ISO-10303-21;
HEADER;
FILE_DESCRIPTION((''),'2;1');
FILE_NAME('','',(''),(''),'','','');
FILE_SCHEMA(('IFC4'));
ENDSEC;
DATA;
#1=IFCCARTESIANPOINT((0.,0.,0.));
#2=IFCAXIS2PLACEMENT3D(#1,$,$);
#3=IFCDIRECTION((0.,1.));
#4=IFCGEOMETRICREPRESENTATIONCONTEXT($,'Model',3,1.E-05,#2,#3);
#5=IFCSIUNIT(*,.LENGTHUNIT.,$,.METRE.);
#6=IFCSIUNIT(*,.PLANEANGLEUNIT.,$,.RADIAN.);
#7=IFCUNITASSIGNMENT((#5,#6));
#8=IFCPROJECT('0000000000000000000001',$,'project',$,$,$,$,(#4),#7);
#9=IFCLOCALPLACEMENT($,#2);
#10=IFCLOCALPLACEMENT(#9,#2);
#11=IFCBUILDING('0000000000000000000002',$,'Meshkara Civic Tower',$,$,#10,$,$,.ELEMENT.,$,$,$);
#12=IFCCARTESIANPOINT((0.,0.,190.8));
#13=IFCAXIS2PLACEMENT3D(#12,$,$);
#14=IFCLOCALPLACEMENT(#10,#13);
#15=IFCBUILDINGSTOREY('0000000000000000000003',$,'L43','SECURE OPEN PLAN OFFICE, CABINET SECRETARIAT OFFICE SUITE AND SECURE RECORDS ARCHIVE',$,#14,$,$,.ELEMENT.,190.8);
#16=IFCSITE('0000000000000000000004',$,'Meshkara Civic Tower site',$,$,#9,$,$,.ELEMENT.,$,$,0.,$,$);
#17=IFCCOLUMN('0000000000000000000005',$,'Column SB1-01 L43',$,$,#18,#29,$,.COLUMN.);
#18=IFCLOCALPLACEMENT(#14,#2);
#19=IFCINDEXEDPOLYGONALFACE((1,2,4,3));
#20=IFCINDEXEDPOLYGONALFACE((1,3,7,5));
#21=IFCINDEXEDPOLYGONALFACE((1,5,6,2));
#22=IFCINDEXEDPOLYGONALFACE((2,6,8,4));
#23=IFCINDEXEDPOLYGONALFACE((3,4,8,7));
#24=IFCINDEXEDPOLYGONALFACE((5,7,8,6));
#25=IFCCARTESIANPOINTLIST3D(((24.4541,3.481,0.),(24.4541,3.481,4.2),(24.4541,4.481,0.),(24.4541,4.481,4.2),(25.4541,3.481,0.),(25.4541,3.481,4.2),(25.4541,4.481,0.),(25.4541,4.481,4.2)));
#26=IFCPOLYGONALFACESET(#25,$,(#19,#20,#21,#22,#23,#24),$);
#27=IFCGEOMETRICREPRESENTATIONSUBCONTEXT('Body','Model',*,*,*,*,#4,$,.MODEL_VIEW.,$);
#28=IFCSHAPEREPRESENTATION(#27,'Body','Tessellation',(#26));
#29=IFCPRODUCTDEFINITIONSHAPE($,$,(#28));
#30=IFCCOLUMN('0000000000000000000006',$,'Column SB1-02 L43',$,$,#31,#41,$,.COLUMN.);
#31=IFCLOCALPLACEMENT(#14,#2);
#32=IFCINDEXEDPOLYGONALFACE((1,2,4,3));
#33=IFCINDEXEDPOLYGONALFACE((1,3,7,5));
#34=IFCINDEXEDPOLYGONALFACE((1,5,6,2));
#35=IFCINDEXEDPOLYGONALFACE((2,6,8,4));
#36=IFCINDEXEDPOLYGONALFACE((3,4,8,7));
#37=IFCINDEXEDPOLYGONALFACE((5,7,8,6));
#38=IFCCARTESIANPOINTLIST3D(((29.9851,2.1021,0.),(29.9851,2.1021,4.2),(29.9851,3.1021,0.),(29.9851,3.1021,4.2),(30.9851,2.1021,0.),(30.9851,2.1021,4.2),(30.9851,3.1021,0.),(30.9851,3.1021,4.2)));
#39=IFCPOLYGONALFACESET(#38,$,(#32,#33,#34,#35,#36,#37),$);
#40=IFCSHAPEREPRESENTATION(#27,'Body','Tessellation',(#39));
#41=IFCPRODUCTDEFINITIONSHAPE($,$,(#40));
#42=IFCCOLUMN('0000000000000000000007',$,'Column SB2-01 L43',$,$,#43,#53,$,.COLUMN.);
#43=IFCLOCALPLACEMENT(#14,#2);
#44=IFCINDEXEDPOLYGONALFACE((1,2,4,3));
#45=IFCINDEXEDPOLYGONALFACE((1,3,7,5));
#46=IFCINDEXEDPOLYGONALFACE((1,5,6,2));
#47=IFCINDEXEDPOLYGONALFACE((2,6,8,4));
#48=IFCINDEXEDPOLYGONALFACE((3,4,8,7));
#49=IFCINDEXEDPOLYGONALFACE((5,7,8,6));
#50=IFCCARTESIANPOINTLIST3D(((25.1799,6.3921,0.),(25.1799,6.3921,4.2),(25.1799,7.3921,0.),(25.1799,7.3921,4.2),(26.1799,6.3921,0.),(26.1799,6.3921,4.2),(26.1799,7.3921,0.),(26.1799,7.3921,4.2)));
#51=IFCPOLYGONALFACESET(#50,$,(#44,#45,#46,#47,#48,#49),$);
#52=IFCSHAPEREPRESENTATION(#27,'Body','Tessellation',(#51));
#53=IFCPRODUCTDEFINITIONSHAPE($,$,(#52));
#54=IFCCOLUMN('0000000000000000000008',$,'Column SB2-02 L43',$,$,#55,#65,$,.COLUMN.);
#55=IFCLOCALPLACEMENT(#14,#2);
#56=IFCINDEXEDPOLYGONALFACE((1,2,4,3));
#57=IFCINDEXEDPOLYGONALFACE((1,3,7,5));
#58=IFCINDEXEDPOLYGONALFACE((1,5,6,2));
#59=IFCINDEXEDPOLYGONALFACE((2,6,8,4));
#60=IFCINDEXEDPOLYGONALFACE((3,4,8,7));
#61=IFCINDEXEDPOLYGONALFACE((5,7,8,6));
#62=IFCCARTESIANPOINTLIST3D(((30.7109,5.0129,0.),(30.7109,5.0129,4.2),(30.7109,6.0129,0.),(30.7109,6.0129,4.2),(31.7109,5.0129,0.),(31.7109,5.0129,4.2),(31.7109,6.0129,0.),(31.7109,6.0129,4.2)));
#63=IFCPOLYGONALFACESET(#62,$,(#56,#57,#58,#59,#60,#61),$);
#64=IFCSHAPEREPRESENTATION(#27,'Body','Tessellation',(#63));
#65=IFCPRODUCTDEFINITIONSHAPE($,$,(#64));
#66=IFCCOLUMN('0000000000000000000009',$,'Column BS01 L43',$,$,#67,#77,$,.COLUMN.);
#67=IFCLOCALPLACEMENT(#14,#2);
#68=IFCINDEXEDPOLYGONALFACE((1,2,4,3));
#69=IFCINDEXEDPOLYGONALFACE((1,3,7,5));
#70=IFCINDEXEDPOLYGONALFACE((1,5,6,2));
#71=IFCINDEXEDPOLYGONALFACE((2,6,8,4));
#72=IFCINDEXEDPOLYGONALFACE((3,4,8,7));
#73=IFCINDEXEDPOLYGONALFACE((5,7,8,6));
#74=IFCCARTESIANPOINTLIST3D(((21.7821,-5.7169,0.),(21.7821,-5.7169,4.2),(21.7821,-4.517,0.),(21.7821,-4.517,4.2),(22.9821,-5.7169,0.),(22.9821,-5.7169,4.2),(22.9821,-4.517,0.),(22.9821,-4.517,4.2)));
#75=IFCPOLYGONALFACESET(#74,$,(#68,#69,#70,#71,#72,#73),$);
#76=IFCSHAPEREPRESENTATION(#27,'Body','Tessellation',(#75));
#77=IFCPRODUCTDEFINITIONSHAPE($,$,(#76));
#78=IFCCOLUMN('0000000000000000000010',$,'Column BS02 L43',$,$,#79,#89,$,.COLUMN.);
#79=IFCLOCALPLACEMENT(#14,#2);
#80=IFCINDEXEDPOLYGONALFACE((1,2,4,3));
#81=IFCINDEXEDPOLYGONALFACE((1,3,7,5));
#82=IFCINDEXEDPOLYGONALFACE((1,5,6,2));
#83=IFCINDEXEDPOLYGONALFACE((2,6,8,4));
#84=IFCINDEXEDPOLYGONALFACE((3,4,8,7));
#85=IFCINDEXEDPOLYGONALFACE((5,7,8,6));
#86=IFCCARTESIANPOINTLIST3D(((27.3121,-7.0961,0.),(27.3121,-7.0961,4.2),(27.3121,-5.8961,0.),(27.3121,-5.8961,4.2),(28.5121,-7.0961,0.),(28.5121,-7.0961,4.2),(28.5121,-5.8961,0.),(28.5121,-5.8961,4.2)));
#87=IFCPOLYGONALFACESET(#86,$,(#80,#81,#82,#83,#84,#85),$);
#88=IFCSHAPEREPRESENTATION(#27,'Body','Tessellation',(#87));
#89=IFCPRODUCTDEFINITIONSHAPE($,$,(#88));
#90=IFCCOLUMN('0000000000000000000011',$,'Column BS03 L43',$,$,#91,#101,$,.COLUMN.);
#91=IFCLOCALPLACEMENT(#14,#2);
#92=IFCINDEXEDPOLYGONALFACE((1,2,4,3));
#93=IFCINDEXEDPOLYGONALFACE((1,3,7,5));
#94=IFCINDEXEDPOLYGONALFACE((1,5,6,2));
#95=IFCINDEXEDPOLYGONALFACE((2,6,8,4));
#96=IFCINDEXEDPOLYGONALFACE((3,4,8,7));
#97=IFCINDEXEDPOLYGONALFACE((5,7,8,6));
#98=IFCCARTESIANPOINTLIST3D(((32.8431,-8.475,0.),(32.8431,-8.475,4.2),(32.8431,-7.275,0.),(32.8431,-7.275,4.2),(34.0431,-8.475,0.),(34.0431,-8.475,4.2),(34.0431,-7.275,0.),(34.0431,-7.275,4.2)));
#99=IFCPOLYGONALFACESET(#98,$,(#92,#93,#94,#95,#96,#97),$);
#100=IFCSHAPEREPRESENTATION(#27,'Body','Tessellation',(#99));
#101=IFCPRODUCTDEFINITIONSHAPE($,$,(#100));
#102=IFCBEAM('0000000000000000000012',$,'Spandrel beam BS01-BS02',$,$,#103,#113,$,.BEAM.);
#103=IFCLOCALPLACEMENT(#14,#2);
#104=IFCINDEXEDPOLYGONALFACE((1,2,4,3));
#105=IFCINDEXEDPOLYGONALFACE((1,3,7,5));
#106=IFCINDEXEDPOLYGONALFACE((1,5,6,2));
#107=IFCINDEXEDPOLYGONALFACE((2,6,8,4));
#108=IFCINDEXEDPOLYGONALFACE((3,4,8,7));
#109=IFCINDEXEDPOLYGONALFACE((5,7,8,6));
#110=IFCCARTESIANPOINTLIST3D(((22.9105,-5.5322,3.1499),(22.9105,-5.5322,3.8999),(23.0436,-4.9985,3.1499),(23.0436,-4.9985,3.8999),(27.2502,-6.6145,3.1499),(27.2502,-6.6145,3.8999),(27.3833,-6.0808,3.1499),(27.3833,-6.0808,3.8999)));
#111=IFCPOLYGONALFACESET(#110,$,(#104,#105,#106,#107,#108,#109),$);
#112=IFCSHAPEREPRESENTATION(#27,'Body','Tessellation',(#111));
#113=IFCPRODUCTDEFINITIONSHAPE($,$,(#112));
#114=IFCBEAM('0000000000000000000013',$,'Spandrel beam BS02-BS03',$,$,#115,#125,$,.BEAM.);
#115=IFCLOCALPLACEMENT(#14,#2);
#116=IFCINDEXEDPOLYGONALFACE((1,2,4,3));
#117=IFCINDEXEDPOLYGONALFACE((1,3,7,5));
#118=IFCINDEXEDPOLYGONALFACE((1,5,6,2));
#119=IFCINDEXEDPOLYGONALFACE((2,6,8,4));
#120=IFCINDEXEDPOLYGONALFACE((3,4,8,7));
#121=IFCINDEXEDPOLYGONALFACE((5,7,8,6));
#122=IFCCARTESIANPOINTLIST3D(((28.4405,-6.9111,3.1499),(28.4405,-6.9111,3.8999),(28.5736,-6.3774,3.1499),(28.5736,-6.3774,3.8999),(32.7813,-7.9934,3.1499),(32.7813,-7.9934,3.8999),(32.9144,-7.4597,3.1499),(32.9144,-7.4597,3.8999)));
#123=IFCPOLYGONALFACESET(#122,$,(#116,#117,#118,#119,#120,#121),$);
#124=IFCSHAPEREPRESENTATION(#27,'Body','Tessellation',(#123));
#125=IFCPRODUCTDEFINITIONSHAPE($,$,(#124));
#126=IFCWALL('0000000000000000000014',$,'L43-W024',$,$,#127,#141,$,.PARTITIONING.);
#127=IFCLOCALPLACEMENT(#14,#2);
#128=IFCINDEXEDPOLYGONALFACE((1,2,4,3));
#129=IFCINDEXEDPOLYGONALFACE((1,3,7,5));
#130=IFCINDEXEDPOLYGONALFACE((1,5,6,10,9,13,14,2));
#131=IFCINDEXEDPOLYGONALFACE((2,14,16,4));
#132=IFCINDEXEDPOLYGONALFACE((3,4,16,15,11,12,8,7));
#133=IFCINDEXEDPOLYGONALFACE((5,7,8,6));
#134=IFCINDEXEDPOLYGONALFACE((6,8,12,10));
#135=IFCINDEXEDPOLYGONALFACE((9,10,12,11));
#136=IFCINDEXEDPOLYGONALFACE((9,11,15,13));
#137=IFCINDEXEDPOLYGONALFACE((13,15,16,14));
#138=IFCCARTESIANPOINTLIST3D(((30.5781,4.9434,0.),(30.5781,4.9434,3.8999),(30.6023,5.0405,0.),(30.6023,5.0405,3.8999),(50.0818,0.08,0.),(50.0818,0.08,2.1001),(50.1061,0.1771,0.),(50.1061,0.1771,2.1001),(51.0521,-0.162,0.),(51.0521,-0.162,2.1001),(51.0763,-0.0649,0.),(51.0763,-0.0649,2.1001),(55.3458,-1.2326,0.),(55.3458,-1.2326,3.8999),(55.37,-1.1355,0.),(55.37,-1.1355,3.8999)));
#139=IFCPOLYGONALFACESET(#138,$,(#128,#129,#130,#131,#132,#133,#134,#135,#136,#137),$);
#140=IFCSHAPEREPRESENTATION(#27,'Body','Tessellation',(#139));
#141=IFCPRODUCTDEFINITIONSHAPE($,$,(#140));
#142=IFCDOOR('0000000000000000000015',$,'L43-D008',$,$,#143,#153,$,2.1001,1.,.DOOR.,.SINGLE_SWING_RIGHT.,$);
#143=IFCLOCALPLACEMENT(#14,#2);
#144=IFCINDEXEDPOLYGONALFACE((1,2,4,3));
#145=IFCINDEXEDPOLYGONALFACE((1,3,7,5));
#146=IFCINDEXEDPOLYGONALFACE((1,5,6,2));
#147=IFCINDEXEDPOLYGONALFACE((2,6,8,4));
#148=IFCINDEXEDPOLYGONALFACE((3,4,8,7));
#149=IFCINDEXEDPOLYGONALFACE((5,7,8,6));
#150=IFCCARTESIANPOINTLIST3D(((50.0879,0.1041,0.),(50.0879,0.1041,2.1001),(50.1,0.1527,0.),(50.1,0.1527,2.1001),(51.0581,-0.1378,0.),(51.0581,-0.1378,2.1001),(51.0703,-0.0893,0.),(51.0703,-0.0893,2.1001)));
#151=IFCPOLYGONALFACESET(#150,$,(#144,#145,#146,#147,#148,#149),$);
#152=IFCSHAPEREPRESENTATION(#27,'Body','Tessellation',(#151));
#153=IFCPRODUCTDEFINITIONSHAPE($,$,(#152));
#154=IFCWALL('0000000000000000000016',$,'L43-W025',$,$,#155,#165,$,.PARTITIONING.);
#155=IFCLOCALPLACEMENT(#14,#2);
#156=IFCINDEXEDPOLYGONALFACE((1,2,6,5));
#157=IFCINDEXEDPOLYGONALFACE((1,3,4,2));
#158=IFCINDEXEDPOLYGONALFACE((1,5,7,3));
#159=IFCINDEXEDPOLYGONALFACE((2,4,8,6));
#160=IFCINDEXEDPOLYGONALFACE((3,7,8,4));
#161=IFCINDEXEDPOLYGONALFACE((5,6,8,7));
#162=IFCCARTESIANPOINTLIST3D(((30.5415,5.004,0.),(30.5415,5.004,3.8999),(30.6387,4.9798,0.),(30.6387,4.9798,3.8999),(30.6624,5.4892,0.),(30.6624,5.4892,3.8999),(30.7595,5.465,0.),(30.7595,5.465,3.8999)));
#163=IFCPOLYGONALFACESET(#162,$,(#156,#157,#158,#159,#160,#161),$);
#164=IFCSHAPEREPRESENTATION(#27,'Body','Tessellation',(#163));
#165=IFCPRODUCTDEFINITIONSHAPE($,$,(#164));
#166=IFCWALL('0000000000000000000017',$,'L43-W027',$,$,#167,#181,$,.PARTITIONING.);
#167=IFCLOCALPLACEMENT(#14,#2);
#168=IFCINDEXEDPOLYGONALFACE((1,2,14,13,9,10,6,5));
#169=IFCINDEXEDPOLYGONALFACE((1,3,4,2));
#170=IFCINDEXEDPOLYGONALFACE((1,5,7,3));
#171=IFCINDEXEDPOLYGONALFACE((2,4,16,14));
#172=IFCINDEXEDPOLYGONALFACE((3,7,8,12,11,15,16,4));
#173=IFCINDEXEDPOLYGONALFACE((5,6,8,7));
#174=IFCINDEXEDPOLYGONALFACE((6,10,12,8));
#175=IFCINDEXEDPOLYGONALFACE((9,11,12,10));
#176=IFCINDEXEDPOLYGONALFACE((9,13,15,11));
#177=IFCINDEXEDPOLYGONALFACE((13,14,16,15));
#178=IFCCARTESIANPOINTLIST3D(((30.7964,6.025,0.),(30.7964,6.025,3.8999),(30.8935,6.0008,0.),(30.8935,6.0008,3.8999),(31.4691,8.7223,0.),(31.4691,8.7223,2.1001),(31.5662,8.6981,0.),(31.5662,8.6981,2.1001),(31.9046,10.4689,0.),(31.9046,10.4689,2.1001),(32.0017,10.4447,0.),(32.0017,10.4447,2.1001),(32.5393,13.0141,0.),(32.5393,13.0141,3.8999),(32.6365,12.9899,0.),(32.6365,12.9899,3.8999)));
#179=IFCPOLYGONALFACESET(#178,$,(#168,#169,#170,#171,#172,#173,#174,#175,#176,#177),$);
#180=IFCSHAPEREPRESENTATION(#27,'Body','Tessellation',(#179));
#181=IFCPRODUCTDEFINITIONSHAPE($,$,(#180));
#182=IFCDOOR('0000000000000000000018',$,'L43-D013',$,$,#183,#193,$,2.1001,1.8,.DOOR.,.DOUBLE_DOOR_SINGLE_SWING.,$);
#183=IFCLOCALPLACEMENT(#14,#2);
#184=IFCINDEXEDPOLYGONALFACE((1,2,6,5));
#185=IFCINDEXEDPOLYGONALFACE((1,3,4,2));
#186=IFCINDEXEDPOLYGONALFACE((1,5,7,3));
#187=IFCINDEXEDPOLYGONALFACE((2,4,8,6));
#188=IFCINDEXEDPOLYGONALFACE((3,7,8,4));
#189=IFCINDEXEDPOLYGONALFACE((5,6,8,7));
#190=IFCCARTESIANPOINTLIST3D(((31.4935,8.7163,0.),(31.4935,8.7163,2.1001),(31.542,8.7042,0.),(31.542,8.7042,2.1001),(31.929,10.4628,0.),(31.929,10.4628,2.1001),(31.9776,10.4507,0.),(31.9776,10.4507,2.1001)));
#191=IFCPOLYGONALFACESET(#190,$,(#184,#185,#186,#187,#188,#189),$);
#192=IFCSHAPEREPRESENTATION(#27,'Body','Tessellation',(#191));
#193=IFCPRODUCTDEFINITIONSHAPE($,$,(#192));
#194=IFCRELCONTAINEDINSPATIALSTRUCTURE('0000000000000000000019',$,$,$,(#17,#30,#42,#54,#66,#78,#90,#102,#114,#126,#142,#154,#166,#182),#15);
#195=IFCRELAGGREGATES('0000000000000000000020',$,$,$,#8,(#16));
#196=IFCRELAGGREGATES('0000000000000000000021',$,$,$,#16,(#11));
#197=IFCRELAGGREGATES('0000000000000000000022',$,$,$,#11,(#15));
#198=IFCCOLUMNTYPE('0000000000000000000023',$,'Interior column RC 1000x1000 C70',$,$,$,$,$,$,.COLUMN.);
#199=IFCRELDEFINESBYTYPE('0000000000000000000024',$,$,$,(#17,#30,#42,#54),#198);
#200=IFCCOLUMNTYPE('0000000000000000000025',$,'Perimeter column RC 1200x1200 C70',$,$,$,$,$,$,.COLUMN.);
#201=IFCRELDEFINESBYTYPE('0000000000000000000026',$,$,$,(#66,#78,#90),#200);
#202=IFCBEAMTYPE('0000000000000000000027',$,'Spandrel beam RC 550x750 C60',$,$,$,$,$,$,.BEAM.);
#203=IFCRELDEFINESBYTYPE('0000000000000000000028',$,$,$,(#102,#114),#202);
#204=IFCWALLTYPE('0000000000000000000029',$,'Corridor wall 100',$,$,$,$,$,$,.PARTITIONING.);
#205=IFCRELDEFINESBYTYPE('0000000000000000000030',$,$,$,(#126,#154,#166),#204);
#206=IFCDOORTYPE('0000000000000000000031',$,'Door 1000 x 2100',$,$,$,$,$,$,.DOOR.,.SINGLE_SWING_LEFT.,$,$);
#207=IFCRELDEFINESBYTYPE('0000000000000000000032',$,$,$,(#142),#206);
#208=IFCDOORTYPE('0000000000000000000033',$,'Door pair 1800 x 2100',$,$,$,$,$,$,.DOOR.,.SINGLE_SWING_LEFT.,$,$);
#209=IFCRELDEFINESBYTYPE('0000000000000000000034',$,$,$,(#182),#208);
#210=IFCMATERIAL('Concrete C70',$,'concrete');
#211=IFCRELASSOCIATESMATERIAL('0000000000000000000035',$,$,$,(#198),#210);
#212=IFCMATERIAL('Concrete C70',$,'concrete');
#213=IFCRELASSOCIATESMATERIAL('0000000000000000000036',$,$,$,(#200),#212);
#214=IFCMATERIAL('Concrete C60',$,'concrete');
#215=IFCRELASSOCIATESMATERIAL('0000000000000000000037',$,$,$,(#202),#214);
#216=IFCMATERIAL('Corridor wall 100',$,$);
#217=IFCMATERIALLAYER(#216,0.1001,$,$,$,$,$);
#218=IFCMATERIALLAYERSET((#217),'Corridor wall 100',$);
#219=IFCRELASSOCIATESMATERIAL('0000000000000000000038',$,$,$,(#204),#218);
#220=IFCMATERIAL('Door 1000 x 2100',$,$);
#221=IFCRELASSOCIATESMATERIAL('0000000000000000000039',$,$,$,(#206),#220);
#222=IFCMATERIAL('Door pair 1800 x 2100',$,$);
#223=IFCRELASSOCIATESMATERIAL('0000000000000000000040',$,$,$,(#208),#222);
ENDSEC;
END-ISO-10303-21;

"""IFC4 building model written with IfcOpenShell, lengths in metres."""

from ifc_helpers import new_model, si_unit, direction, frame, frame_2d, origin, origin_2d, place, context, subcontext, project, spatial, rectangle, extrude, material, layer, layer_set, material_profile, profile_set, type_object, element, fill, save


model = new_model("IFC4")

# Units and contexts
model_context = context("Model", 3, precision=1e-05, world=origin(), true_north=direction((0.0, 1.0)))
body_context = subcontext(model_context, "Body", "Model", "MODEL_VIEW")
ifc_project = project(units=[si_unit("LENGTHUNIT", "METRE"), si_unit("PLANEANGLEUNIT", "RADIAN")], contexts=[model_context])

# Site, building, storey
site_placement = place(None, origin())
site = spatial("IfcSite", under=ifc_project, at=site_placement, Name="Meshkara Civic Tower site", CompositionType="ELEMENT", RefElevation=0.0)
building_placement = place(site_placement, origin())
building = spatial("IfcBuilding", under=site, at=building_placement, Name="Meshkara Civic Tower", CompositionType="ELEMENT")
storey_placement = place(building_placement, frame((0.0, 0.0, 190.8)))
storey = spatial("IfcBuildingStorey", under=building, at=storey_placement, Name="L43", Description="SECURE OPEN PLAN OFFICE, CABINET SECRETARIAT OFFICE SUITE AND SECURE RECORDS ARCHIVE", CompositionType="ELEMENT", Elevation=190.8)

# Columns
ifc_material_1 = material(Name="Concrete C70", Category="concrete")
ifc_material_profile_1 = material_profile(ifc_material_1, rectangle(XDim=1.0, YDim=1.0, at=origin_2d()))
ifc_profile_set_1 = profile_set([ifc_material_profile_1], Name="Concrete C70")
column_type_1 = type_object("IfcColumnType", Name="Interior column RC 1000x1000 C70", PredefinedType="COLUMN", material=ifc_profile_set_1)
for number, where, z_axis, x_axis, name in (
    (1, (24.9541, 3.981, 0.0), (0.0, 0.0, 1.0), (1.0, 0.0, 0.0), "Column SB1-01 L43"),
    (2, (30.4851, 2.6021, 0.0), (0.0, 0.0, 1.0), (1.0, 0.0, 0.0), "Column SB1-02 L43"),
    (3, (25.6799, 6.8921, 0.0), (0.0, 0.0, 1.0), (1.0, 0.0, 0.0), "Column SB2-01 L43"),
    (4, (31.2109, 5.5129, 0.0), (0.0, 0.0, 1.0), (1.0, 0.0, 0.0), "Column SB2-02 L43"),
):
    element("IfcColumn", number, at=place(storey_placement, frame(where, z_axis=z_axis, x_axis=x_axis)), inside=storey, type_object=column_type_1, Name=name, PredefinedType="COLUMN", context=body_context, shape_type="SweptSolid", body=[
        extrude(rectangle(XDim=1.0, YDim=1.0, at=origin_2d()), origin(), (0.0, 0.0, 1.0), 4.2),
    ])
ifc_material_2 = material(Name="Concrete C70", Category="concrete")
ifc_material_profile_2 = material_profile(ifc_material_2, rectangle(XDim=1.2, YDim=1.2, at=origin_2d()))
ifc_profile_set_2 = profile_set([ifc_material_profile_2], Name="Concrete C70")
column_type_2 = type_object("IfcColumnType", Name="Perimeter column RC 1200x1200 C70", PredefinedType="COLUMN", material=ifc_profile_set_2)
for number, where, z_axis, x_axis, name in (
    (5, (22.3821, -5.1169, 0.0), (0.0, 0.0, 1.0), (1.0, 0.0, 0.0), "Column BS01 L43"),
    (6, (27.9121, -6.4961, 0.0), (0.0, 0.0, 1.0), (1.0, 0.0, 0.0), "Column BS02 L43"),
    (7, (33.4431, -7.875, 0.0), (0.0, 0.0, 1.0), (1.0, 0.0, 0.0), "Column BS03 L43"),
):
    element("IfcColumn", number, at=place(storey_placement, frame(where, z_axis=z_axis, x_axis=x_axis)), inside=storey, type_object=column_type_2, Name=name, PredefinedType="COLUMN", context=body_context, shape_type="SweptSolid", body=[
        extrude(rectangle(XDim=1.2, YDim=1.2, at=origin_2d()), origin(), (0.0, 0.0, 1.0), 4.2),
    ])

# Beams
ifc_material_3 = material(Name="Concrete C60", Category="concrete")
ifc_material_profile_3 = material_profile(ifc_material_3, rectangle(XDim=0.55, YDim=0.75, at=origin_2d()))
ifc_profile_set_3 = profile_set([ifc_material_profile_3], Name="Concrete C60")
beam_type = type_object("IfcBeamType", Name="Spandrel beam RC 550x750 C60", PredefinedType="BEAM", material=ifc_profile_set_3)
beam_1_placement = place(storey_placement, frame((22.9771, -5.2654, 3.5249), z_axis=(0.970284, -0.24197, 0.0), x_axis=(0.24197, 0.970284, 0.0)))
element("IfcBeam", 8, at=beam_1_placement, inside=storey, type_object=beam_type, Name="Spandrel beam BS01-BS02", PredefinedType="BEAM", context=body_context, shape_type="SweptSolid", body=[
    extrude(rectangle(XDim=0.55, YDim=0.75, at=origin_2d()), origin(), (0.0, 0.0, 1.0), 4.4727),
])
beam_2_placement = place(storey_placement, frame((28.5071, -6.6443, 3.5249), z_axis=(0.970296, -0.241919, 0.0), x_axis=(0.241919, 0.970296, 0.0)))
element("IfcBeam", 9, at=beam_2_placement, inside=storey, type_object=beam_type, Name="Spandrel beam BS02-BS03", PredefinedType="BEAM", context=body_context, shape_type="SweptSolid", body=[
    extrude(rectangle(XDim=0.55, YDim=0.75, at=origin_2d()), origin(), (0.0, 0.0, 1.0), 4.4736),
])

# Wall, opening, door
ifc_material_4 = material(Name="Corridor wall 100")
ifc_layer_1 = layer(ifc_material_4, 0.1001)
ifc_layer_set_1 = layer_set([ifc_layer_1], Name="Corridor wall 100")
wall_type_1 = type_object("IfcWallType", Name="Corridor wall 100", PredefinedType="PARTITIONING", material=ifc_layer_set_1)
wall_1_placement = place(storey_placement, frame((30.5901, 4.9919, 0.0), z_axis=(0.0, 0.0, 1.0), x_axis=(0.970289, -0.241948, 0.0)))
wall_1 = element("IfcWall", 10, at=wall_1_placement, inside=storey, type_object=wall_type_1, Name="L43-W024", PredefinedType="PARTITIONING", context=body_context, shape_type="SweptSolid", body=[
    extrude(rectangle(XDim=25.5261, YDim=0.1001, at=frame_2d((12.7632, 0.0))), origin(), (0.0, 0.0, 1.0), 3.8999),
])
opening_1_placement = place(wall_1_placement, frame((20.1011, 0.0, 0.0)))
opening_1 = element("IfcOpeningElement", 11, at=opening_1_placement, cuts=wall_1, PredefinedType="OPENING", context=body_context, shape_type="SweptSolid", body=[
    extrude(rectangle(XDim=1.0, YDim=2.1001, at=frame_2d((0.5, 1.05))), frame((0.0, 0.0601, 0.0), z_axis=(0.0, -1.0, 0.0), x_axis=(1.0, 0.0, 0.0)), (0.0, 0.0, 1.0), 0.1201),
])
ifc_material_5 = material(Name="Door 1000 x 2100")
door_type_1 = type_object("IfcDoorType", Name="Door 1000 x 2100", OperationType="SINGLE_SWING_LEFT", PredefinedType="DOOR", material=ifc_material_5)
door_1_placement = place(opening_1_placement, origin())
door_1 = element("IfcDoor", 12, at=door_1_placement, inside=storey, type_object=door_type_1, Name="L43-D008", OperationType="SINGLE_SWING_RIGHT", OverallHeight=2.1001, OverallWidth=1.0, PredefinedType="DOOR", context=body_context, shape_type="SweptSolid", body=[
    extrude(rectangle(XDim=1.0, YDim=2.1001, at=frame_2d((0.5, 1.05))), frame((0.0, 0.0249, 0.0), z_axis=(0.0, -1.0, 0.0), x_axis=(1.0, 0.0, 0.0)), (0.0, 0.0, 1.0), 0.05),
])
fill(opening_1, door_1)

# Wall
wall_2_placement = place(storey_placement, frame((30.5901, 4.9919, 0.0), z_axis=(0.0, 0.0, 1.0), x_axis=(0.241731, 0.970343, 0.0)))
element("IfcWall", 13, at=wall_2_placement, inside=storey, type_object=wall_type_1, Name="L43-W025", PredefinedType="PARTITIONING", context=body_context, shape_type="SweptSolid", body=[
    extrude(rectangle(XDim=0.5, YDim=0.1001, at=frame_2d((0.25, 0.0))), origin(), (0.0, 0.0, 1.0), 3.8999),
])

# Wall, opening, door
wall_3_placement = place(storey_placement, frame((30.845, 6.0129, 0.0), z_axis=(0.0, 0.0, 1.0), x_axis=(0.241969, 0.970284, 0.0)))
wall_3 = element("IfcWall", 14, at=wall_3_placement, inside=storey, type_object=wall_type_1, Name="L43-W027", PredefinedType="PARTITIONING", context=body_context, shape_type="SweptSolid", body=[
    extrude(rectangle(XDim=7.2031, YDim=0.1001, at=frame_2d((3.6016, 0.0))), origin(), (0.0, 0.0, 1.0), 3.8999),
])
opening_2_placement = place(wall_3_placement, frame((2.78, 0.0, 0.0)))
opening_2 = element("IfcOpeningElement", 15, at=opening_2_placement, cuts=wall_3, PredefinedType="OPENING", context=body_context, shape_type="SweptSolid", body=[
    extrude(rectangle(XDim=1.8, YDim=2.1001, at=frame_2d((0.8999, 1.05))), frame((0.0, 0.0601, 0.0), z_axis=(0.0, -1.0, 0.0), x_axis=(1.0, 0.0, 0.0)), (0.0, 0.0, 1.0), 0.1201),
])
ifc_material_6 = material(Name="Door pair 1800 x 2100")
door_type_2 = type_object("IfcDoorType", Name="Door pair 1800 x 2100", OperationType="SINGLE_SWING_LEFT", PredefinedType="DOOR", material=ifc_material_6)
door_2_placement = place(opening_2_placement, origin())
door_2 = element("IfcDoor", 16, at=door_2_placement, inside=storey, type_object=door_type_2, Name="L43-D013", OperationType="DOUBLE_DOOR_SINGLE_SWING", OverallHeight=2.1001, OverallWidth=1.8, PredefinedType="DOOR", context=body_context, shape_type="SweptSolid", body=[
    extrude(rectangle(XDim=1.8, YDim=2.1001, at=frame_2d((0.8999, 1.05))), frame((0.0, 0.0249, 0.0), z_axis=(0.0, -1.0, 0.0), x_axis=(1.0, 0.0, 0.0)), (0.0, 0.0, 1.0), 0.05),
])
fill(opening_2, door_2)

save(model, "model.ifc")
